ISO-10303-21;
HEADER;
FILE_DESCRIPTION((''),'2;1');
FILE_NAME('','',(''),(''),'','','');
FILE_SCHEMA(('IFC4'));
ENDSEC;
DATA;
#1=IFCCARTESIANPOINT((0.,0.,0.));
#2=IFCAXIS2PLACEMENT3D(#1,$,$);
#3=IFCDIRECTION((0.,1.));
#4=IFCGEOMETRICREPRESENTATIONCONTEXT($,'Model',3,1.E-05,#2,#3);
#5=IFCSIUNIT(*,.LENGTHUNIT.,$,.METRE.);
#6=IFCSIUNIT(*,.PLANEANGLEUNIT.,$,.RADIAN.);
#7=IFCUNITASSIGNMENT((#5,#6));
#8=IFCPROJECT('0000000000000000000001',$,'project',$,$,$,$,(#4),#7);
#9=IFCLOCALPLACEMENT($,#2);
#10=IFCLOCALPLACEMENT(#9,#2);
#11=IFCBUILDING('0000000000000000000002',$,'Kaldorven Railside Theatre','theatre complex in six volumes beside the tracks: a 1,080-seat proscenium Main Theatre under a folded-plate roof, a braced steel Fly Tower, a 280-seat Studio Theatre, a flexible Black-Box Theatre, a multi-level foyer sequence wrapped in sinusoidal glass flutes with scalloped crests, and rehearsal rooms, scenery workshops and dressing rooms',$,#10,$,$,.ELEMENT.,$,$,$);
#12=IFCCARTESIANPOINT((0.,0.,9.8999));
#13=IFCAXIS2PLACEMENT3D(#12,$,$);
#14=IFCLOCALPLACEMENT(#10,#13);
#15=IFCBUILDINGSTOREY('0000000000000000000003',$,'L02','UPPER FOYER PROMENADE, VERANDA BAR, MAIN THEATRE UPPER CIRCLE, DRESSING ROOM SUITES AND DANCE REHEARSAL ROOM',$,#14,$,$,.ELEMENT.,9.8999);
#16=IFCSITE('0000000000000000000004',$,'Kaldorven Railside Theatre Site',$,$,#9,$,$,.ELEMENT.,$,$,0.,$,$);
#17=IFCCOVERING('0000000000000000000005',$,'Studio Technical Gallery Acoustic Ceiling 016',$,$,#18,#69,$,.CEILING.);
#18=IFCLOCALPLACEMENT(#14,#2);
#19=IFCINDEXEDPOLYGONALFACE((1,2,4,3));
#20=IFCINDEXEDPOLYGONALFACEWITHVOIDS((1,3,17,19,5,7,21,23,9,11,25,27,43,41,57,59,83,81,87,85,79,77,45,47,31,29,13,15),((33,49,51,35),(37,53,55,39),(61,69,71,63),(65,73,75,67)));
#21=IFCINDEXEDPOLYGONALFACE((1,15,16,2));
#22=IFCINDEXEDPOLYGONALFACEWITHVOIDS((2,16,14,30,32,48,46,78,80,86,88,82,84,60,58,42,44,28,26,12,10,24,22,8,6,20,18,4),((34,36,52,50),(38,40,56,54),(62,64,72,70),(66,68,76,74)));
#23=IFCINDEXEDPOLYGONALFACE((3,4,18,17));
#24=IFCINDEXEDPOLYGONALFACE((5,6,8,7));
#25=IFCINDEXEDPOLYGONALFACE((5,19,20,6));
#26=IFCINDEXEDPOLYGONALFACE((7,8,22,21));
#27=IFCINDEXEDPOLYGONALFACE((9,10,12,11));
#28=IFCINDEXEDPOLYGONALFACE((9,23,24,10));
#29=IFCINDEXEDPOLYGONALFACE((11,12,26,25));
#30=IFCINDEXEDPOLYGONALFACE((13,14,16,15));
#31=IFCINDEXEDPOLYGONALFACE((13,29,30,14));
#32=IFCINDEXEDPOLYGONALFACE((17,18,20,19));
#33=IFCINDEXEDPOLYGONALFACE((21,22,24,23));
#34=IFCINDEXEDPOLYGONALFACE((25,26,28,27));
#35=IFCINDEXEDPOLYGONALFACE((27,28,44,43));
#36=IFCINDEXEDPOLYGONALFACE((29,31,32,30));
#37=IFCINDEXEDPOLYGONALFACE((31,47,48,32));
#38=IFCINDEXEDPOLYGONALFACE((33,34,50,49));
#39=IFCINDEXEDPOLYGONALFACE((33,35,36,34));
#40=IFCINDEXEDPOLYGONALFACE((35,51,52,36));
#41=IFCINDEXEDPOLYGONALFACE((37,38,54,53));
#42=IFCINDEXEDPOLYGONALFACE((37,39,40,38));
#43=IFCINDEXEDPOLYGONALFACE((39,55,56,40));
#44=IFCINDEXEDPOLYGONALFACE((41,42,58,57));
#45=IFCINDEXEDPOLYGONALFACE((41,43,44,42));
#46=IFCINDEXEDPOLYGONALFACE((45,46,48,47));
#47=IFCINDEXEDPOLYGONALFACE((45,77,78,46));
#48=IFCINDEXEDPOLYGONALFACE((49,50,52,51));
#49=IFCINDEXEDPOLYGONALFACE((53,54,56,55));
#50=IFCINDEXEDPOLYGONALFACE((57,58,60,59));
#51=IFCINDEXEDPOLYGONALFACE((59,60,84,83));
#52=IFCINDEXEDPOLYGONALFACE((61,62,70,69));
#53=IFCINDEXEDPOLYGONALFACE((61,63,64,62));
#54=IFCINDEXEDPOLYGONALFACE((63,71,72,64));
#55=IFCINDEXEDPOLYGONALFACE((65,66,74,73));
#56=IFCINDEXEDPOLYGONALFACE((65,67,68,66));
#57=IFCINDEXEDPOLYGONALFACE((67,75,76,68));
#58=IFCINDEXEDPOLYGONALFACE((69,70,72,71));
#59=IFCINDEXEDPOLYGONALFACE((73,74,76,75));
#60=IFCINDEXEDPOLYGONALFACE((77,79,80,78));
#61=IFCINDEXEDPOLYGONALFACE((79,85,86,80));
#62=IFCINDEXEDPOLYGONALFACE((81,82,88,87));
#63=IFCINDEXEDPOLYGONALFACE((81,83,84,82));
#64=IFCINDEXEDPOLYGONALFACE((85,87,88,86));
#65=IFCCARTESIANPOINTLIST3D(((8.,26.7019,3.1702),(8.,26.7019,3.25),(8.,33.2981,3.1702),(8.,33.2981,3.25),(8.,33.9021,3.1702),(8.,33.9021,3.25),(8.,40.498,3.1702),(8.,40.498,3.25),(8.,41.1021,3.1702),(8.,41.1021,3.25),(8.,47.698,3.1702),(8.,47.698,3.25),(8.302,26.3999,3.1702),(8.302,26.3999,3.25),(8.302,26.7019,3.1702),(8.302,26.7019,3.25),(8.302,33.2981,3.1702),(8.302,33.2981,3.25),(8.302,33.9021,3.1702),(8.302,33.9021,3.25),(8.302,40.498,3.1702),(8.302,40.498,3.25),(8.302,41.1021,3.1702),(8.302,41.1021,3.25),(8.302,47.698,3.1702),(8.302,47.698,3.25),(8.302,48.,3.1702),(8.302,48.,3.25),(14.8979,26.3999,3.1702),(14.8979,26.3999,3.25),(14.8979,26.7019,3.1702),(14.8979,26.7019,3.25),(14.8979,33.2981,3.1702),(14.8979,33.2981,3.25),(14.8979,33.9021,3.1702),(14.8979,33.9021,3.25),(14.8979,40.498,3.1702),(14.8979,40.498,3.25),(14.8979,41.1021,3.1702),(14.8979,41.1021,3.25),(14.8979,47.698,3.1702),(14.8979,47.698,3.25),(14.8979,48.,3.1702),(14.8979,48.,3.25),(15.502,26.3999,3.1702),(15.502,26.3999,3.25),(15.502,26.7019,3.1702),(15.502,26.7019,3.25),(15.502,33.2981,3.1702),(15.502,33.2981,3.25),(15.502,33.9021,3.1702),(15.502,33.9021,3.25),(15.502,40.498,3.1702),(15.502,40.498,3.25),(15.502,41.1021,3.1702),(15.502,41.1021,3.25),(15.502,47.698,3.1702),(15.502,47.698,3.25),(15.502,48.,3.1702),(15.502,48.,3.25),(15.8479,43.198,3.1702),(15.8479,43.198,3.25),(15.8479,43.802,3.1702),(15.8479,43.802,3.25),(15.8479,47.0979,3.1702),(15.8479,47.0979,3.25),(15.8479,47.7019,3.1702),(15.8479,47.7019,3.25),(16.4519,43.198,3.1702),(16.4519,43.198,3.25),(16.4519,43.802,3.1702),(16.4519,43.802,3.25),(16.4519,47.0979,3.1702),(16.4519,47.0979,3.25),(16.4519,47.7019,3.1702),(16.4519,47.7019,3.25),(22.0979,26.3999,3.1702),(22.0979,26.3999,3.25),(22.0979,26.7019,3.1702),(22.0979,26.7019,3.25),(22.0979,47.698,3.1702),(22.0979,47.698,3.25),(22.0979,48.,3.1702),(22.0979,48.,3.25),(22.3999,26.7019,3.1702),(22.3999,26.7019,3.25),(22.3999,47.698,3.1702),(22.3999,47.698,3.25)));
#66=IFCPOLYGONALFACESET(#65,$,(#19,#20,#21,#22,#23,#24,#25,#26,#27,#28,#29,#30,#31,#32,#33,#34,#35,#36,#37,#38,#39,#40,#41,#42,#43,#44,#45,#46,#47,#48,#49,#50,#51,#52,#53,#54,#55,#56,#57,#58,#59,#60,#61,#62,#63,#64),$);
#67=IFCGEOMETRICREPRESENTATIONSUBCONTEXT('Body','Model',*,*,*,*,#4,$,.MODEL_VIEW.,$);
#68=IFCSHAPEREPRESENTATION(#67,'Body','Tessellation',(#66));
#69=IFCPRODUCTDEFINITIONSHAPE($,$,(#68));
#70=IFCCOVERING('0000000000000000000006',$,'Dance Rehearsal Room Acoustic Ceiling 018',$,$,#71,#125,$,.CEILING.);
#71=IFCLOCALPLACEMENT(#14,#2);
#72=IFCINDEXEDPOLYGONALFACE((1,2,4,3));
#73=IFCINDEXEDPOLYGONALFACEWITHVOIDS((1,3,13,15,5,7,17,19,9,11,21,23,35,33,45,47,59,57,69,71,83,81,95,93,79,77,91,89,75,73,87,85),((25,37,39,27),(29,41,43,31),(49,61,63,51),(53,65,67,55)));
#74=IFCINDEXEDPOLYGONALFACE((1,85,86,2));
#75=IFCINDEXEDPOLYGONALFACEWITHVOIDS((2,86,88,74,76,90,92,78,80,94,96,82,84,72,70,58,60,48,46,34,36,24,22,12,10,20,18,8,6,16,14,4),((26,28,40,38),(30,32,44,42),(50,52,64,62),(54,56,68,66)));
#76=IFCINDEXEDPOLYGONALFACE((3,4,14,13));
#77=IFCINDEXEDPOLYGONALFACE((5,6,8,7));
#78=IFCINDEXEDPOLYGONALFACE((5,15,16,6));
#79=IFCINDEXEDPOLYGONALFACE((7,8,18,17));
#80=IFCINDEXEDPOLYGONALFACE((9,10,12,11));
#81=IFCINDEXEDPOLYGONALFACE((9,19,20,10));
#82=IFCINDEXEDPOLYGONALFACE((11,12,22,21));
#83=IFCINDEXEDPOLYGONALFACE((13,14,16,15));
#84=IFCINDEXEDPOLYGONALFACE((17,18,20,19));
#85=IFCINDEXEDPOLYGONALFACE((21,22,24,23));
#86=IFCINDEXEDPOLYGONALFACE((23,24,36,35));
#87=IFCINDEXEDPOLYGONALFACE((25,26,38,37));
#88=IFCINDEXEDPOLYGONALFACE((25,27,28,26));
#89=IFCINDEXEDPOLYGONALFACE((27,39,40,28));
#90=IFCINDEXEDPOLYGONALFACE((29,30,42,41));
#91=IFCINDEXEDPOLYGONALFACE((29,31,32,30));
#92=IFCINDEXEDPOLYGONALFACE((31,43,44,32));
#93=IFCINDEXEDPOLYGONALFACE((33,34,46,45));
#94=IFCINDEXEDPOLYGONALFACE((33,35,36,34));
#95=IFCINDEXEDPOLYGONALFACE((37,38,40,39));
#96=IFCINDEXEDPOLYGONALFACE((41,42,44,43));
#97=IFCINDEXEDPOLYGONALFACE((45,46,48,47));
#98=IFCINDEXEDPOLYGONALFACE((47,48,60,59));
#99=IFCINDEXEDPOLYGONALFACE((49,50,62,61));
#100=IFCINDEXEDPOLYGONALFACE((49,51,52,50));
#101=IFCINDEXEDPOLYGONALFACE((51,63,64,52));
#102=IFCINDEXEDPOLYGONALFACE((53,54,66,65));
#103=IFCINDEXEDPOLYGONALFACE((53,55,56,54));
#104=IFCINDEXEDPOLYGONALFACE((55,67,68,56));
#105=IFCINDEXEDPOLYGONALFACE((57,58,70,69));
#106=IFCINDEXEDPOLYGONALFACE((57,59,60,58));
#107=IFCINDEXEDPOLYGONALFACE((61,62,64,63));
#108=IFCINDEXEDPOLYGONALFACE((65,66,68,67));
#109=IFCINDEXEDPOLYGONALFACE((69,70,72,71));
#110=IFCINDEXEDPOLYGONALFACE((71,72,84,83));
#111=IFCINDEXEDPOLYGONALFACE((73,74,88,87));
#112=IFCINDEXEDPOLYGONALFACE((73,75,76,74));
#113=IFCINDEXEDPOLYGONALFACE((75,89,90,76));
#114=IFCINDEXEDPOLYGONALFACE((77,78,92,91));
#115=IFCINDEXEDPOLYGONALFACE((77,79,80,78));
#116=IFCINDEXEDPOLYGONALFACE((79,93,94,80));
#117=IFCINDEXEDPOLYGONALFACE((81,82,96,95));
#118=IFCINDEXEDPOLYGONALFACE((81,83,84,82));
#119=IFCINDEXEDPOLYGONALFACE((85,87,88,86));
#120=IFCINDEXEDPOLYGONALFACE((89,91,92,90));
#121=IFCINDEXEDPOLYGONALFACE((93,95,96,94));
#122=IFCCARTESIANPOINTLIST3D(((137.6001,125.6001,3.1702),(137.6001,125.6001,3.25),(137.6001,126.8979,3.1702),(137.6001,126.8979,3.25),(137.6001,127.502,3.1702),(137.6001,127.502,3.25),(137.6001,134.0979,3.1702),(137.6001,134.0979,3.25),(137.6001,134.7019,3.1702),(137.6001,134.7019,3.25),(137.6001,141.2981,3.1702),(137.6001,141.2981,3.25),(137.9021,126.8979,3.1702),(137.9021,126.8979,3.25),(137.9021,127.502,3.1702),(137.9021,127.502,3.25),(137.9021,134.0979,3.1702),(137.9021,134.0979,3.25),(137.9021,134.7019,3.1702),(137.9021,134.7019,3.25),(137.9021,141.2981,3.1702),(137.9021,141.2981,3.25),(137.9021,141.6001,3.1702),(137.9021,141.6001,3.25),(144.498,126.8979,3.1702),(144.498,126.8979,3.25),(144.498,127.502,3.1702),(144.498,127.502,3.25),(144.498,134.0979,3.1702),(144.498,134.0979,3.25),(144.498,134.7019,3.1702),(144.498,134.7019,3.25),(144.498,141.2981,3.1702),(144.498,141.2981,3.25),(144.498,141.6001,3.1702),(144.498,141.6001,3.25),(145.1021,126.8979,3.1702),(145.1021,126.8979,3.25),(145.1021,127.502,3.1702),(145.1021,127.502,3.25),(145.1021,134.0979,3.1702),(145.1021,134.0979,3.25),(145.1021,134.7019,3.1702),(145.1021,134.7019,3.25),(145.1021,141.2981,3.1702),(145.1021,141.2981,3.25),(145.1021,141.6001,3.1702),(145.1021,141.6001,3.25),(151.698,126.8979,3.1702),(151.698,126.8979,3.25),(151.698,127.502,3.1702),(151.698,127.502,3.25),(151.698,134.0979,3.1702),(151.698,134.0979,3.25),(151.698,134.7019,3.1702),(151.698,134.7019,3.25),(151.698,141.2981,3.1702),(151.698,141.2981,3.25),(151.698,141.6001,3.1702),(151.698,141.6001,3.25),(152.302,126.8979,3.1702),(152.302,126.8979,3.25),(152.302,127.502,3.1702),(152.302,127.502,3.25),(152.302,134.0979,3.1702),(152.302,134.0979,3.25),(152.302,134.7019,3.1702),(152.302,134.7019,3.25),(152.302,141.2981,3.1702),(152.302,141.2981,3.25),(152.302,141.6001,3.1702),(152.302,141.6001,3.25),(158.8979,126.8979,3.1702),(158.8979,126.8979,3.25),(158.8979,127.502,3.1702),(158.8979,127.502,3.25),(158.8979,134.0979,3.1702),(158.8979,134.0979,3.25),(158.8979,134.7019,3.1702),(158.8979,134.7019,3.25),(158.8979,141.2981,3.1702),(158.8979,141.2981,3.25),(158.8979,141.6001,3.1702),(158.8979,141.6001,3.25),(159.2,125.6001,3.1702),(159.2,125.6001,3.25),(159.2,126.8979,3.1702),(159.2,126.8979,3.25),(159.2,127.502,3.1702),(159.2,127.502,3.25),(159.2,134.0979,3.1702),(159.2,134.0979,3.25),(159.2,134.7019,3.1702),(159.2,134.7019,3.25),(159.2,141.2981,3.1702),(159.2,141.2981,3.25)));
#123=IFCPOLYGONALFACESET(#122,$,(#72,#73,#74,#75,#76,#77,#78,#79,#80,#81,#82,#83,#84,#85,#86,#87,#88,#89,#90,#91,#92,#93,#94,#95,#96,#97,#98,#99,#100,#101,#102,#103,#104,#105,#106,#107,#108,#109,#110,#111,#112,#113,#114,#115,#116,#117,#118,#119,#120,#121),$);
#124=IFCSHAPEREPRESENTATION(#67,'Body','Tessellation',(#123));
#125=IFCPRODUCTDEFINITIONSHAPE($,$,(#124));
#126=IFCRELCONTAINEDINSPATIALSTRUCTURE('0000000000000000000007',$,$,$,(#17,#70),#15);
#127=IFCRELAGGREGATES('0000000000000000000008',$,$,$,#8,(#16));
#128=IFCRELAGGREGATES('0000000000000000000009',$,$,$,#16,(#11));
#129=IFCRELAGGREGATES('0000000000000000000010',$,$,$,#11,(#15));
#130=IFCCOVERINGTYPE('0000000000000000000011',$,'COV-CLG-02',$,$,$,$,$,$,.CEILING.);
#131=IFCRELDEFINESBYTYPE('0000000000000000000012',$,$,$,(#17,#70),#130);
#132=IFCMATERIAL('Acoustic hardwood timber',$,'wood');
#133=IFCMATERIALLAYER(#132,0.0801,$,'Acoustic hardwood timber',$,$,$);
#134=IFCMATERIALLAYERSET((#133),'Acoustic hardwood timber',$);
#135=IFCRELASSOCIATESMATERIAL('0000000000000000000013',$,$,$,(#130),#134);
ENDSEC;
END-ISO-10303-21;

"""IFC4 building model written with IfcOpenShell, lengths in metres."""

from ifc_helpers import new_model, si_unit, direction, frame, origin, place, context, subcontext, project, spatial, polyline, outline, extrude, material, layer, layer_set, type_object, element, save


model = new_model("IFC4")

# Units and contexts
model_context = context("Model", 3, precision=1e-05, world=origin(), true_north=direction((0.0, 1.0)))
body_context = subcontext(model_context, "Body", "Model", "MODEL_VIEW")
ifc_project = project(units=[si_unit("LENGTHUNIT", "METRE"), si_unit("PLANEANGLEUNIT", "RADIAN")], contexts=[model_context])

# Site, building, storey
site_placement = place(None, origin())
site = spatial("IfcSite", under=ifc_project, at=site_placement, Name="Kaldorven Railside Theatre Site", CompositionType="ELEMENT", RefElevation=0.0)
building_placement = place(site_placement, origin())
building = spatial("IfcBuilding", under=site, at=building_placement, Name="Kaldorven Railside Theatre", Description="theatre complex in six volumes beside the tracks: a 1,080-seat proscenium Main Theatre under a folded-plate roof, a braced steel Fly Tower, a 280-seat Studio Theatre, a flexible Black-Box Theatre, a multi-level foyer sequence wrapped in sinusoidal glass flutes with scalloped crests, and rehearsal rooms, scenery workshops and dressing rooms", CompositionType="ELEMENT")
storey_placement = place(building_placement, frame((0.0, 0.0, 9.8999)))
storey = spatial("IfcBuildingStorey", under=building, at=storey_placement, Name="L02", Description="UPPER FOYER PROMENADE, VERANDA BAR, MAIN THEATRE UPPER CIRCLE, DRESSING ROOM SUITES AND DANCE REHEARSAL ROOM", CompositionType="ELEMENT", Elevation=9.8999)

# Coverings
ifc_material_1 = material(Name="Acoustic hardwood timber", Category="wood")
ifc_layer_1 = layer(ifc_material_1, 0.0801, Name="Acoustic hardwood timber")
ifc_layer_set_1 = layer_set([ifc_layer_1], Name="Acoustic hardwood timber")
covering_type_1 = type_object("IfcCoveringType", Name="COV-CLG-02", PredefinedType="CEILING", material=ifc_layer_set_1)
covering_1_placement = place(storey_placement, frame((0.0, 0.0, 3.1702)))
element("IfcCovering", 1, at=covering_1_placement, inside=storey, type_object=covering_type_1, Name="Studio Technical Gallery Acoustic Ceiling 016", PredefinedType="CEILING", context=body_context, shape_type="SweptSolid", body=[
    extrude(outline(polyline([(22.3999, 26.7019), (22.0979, 26.7019), (22.0979, 26.3999), (15.502, 26.3999), (15.502, 26.7019), (14.8979, 26.7019), (14.8979, 26.3999), (8.302, 26.3999), (8.302, 26.7019), (8.0, 26.7019), (8.0, 33.2981), (8.302, 33.2981), (8.302, 33.9021), (8.0, 33.9021), (8.0, 40.498), (8.302, 40.498), (8.302, 41.1021), (8.0, 41.1021), (8.0, 47.698), (8.302, 47.698), (8.302, 48.0), (14.8979, 48.0), (14.8979, 47.698), (15.502, 47.698), (15.502, 48.0), (22.0979, 48.0), (22.0979, 47.698), (22.3999, 47.698), (22.3999, 26.7019)]), holes=[polyline([(14.8979, 33.9021), (14.8979, 33.2981), (15.502, 33.2981), (15.502, 33.9021), (14.8979, 33.9021)]), polyline([(14.8979, 41.1021), (14.8979, 40.498), (15.502, 40.498), (15.502, 41.1021), (14.8979, 41.1021)]), polyline([(15.8479, 43.802), (15.8479, 43.198), (16.4519, 43.198), (16.4519, 43.802), (15.8479, 43.802)]), polyline([(15.8479, 47.7019), (15.8479, 47.0979), (16.4519, 47.0979), (16.4519, 47.7019), (15.8479, 47.7019)])]), origin(), (0.0, 0.0, 1.0), 0.0798),
])
covering_2_placement = place(storey_placement, frame((0.0, 0.0, 3.1702)))
element("IfcCovering", 2, at=covering_2_placement, inside=storey, type_object=covering_type_1, Name="Dance Rehearsal Room Acoustic Ceiling 018", PredefinedType="CEILING", context=body_context, shape_type="SweptSolid", body=[
    extrude(outline(polyline([(159.2, 125.6001), (137.6001, 125.6001), (137.6001, 126.8979), (137.9021, 126.8979), (137.9021, 127.502), (137.6001, 127.502), (137.6001, 134.0979), (137.9021, 134.0979), (137.9021, 134.7019), (137.6001, 134.7019), (137.6001, 141.2981), (137.9021, 141.2981), (137.9021, 141.6001), (144.498, 141.6001), (144.498, 141.2981), (145.1021, 141.2981), (145.1021, 141.6001), (151.698, 141.6001), (151.698, 141.2981), (152.302, 141.2981), (152.302, 141.6001), (158.8979, 141.6001), (158.8979, 141.2981), (159.2, 141.2981), (159.2, 134.7019), (158.8979, 134.7019), (158.8979, 134.0979), (159.2, 134.0979), (159.2, 127.502), (158.8979, 127.502), (158.8979, 126.8979), (159.2, 126.8979), (159.2, 125.6001)]), holes=[polyline([(151.698, 127.502), (151.698, 126.8979), (152.302, 126.8979), (152.302, 127.502), (151.698, 127.502)]), polyline([(145.1021, 127.502), (144.498, 127.502), (144.498, 126.8979), (145.1021, 126.8979), (145.1021, 127.502)]), polyline([(151.698, 134.7019), (151.698, 134.0979), (152.302, 134.0979), (152.302, 134.7019), (151.698, 134.7019)]), polyline([(145.1021, 134.7019), (144.498, 134.7019), (144.498, 134.0979), (145.1021, 134.0979), (145.1021, 134.7019)])]), origin(), (0.0, 0.0, 1.0), 0.0798),
])

save(model, "model.ifc")
